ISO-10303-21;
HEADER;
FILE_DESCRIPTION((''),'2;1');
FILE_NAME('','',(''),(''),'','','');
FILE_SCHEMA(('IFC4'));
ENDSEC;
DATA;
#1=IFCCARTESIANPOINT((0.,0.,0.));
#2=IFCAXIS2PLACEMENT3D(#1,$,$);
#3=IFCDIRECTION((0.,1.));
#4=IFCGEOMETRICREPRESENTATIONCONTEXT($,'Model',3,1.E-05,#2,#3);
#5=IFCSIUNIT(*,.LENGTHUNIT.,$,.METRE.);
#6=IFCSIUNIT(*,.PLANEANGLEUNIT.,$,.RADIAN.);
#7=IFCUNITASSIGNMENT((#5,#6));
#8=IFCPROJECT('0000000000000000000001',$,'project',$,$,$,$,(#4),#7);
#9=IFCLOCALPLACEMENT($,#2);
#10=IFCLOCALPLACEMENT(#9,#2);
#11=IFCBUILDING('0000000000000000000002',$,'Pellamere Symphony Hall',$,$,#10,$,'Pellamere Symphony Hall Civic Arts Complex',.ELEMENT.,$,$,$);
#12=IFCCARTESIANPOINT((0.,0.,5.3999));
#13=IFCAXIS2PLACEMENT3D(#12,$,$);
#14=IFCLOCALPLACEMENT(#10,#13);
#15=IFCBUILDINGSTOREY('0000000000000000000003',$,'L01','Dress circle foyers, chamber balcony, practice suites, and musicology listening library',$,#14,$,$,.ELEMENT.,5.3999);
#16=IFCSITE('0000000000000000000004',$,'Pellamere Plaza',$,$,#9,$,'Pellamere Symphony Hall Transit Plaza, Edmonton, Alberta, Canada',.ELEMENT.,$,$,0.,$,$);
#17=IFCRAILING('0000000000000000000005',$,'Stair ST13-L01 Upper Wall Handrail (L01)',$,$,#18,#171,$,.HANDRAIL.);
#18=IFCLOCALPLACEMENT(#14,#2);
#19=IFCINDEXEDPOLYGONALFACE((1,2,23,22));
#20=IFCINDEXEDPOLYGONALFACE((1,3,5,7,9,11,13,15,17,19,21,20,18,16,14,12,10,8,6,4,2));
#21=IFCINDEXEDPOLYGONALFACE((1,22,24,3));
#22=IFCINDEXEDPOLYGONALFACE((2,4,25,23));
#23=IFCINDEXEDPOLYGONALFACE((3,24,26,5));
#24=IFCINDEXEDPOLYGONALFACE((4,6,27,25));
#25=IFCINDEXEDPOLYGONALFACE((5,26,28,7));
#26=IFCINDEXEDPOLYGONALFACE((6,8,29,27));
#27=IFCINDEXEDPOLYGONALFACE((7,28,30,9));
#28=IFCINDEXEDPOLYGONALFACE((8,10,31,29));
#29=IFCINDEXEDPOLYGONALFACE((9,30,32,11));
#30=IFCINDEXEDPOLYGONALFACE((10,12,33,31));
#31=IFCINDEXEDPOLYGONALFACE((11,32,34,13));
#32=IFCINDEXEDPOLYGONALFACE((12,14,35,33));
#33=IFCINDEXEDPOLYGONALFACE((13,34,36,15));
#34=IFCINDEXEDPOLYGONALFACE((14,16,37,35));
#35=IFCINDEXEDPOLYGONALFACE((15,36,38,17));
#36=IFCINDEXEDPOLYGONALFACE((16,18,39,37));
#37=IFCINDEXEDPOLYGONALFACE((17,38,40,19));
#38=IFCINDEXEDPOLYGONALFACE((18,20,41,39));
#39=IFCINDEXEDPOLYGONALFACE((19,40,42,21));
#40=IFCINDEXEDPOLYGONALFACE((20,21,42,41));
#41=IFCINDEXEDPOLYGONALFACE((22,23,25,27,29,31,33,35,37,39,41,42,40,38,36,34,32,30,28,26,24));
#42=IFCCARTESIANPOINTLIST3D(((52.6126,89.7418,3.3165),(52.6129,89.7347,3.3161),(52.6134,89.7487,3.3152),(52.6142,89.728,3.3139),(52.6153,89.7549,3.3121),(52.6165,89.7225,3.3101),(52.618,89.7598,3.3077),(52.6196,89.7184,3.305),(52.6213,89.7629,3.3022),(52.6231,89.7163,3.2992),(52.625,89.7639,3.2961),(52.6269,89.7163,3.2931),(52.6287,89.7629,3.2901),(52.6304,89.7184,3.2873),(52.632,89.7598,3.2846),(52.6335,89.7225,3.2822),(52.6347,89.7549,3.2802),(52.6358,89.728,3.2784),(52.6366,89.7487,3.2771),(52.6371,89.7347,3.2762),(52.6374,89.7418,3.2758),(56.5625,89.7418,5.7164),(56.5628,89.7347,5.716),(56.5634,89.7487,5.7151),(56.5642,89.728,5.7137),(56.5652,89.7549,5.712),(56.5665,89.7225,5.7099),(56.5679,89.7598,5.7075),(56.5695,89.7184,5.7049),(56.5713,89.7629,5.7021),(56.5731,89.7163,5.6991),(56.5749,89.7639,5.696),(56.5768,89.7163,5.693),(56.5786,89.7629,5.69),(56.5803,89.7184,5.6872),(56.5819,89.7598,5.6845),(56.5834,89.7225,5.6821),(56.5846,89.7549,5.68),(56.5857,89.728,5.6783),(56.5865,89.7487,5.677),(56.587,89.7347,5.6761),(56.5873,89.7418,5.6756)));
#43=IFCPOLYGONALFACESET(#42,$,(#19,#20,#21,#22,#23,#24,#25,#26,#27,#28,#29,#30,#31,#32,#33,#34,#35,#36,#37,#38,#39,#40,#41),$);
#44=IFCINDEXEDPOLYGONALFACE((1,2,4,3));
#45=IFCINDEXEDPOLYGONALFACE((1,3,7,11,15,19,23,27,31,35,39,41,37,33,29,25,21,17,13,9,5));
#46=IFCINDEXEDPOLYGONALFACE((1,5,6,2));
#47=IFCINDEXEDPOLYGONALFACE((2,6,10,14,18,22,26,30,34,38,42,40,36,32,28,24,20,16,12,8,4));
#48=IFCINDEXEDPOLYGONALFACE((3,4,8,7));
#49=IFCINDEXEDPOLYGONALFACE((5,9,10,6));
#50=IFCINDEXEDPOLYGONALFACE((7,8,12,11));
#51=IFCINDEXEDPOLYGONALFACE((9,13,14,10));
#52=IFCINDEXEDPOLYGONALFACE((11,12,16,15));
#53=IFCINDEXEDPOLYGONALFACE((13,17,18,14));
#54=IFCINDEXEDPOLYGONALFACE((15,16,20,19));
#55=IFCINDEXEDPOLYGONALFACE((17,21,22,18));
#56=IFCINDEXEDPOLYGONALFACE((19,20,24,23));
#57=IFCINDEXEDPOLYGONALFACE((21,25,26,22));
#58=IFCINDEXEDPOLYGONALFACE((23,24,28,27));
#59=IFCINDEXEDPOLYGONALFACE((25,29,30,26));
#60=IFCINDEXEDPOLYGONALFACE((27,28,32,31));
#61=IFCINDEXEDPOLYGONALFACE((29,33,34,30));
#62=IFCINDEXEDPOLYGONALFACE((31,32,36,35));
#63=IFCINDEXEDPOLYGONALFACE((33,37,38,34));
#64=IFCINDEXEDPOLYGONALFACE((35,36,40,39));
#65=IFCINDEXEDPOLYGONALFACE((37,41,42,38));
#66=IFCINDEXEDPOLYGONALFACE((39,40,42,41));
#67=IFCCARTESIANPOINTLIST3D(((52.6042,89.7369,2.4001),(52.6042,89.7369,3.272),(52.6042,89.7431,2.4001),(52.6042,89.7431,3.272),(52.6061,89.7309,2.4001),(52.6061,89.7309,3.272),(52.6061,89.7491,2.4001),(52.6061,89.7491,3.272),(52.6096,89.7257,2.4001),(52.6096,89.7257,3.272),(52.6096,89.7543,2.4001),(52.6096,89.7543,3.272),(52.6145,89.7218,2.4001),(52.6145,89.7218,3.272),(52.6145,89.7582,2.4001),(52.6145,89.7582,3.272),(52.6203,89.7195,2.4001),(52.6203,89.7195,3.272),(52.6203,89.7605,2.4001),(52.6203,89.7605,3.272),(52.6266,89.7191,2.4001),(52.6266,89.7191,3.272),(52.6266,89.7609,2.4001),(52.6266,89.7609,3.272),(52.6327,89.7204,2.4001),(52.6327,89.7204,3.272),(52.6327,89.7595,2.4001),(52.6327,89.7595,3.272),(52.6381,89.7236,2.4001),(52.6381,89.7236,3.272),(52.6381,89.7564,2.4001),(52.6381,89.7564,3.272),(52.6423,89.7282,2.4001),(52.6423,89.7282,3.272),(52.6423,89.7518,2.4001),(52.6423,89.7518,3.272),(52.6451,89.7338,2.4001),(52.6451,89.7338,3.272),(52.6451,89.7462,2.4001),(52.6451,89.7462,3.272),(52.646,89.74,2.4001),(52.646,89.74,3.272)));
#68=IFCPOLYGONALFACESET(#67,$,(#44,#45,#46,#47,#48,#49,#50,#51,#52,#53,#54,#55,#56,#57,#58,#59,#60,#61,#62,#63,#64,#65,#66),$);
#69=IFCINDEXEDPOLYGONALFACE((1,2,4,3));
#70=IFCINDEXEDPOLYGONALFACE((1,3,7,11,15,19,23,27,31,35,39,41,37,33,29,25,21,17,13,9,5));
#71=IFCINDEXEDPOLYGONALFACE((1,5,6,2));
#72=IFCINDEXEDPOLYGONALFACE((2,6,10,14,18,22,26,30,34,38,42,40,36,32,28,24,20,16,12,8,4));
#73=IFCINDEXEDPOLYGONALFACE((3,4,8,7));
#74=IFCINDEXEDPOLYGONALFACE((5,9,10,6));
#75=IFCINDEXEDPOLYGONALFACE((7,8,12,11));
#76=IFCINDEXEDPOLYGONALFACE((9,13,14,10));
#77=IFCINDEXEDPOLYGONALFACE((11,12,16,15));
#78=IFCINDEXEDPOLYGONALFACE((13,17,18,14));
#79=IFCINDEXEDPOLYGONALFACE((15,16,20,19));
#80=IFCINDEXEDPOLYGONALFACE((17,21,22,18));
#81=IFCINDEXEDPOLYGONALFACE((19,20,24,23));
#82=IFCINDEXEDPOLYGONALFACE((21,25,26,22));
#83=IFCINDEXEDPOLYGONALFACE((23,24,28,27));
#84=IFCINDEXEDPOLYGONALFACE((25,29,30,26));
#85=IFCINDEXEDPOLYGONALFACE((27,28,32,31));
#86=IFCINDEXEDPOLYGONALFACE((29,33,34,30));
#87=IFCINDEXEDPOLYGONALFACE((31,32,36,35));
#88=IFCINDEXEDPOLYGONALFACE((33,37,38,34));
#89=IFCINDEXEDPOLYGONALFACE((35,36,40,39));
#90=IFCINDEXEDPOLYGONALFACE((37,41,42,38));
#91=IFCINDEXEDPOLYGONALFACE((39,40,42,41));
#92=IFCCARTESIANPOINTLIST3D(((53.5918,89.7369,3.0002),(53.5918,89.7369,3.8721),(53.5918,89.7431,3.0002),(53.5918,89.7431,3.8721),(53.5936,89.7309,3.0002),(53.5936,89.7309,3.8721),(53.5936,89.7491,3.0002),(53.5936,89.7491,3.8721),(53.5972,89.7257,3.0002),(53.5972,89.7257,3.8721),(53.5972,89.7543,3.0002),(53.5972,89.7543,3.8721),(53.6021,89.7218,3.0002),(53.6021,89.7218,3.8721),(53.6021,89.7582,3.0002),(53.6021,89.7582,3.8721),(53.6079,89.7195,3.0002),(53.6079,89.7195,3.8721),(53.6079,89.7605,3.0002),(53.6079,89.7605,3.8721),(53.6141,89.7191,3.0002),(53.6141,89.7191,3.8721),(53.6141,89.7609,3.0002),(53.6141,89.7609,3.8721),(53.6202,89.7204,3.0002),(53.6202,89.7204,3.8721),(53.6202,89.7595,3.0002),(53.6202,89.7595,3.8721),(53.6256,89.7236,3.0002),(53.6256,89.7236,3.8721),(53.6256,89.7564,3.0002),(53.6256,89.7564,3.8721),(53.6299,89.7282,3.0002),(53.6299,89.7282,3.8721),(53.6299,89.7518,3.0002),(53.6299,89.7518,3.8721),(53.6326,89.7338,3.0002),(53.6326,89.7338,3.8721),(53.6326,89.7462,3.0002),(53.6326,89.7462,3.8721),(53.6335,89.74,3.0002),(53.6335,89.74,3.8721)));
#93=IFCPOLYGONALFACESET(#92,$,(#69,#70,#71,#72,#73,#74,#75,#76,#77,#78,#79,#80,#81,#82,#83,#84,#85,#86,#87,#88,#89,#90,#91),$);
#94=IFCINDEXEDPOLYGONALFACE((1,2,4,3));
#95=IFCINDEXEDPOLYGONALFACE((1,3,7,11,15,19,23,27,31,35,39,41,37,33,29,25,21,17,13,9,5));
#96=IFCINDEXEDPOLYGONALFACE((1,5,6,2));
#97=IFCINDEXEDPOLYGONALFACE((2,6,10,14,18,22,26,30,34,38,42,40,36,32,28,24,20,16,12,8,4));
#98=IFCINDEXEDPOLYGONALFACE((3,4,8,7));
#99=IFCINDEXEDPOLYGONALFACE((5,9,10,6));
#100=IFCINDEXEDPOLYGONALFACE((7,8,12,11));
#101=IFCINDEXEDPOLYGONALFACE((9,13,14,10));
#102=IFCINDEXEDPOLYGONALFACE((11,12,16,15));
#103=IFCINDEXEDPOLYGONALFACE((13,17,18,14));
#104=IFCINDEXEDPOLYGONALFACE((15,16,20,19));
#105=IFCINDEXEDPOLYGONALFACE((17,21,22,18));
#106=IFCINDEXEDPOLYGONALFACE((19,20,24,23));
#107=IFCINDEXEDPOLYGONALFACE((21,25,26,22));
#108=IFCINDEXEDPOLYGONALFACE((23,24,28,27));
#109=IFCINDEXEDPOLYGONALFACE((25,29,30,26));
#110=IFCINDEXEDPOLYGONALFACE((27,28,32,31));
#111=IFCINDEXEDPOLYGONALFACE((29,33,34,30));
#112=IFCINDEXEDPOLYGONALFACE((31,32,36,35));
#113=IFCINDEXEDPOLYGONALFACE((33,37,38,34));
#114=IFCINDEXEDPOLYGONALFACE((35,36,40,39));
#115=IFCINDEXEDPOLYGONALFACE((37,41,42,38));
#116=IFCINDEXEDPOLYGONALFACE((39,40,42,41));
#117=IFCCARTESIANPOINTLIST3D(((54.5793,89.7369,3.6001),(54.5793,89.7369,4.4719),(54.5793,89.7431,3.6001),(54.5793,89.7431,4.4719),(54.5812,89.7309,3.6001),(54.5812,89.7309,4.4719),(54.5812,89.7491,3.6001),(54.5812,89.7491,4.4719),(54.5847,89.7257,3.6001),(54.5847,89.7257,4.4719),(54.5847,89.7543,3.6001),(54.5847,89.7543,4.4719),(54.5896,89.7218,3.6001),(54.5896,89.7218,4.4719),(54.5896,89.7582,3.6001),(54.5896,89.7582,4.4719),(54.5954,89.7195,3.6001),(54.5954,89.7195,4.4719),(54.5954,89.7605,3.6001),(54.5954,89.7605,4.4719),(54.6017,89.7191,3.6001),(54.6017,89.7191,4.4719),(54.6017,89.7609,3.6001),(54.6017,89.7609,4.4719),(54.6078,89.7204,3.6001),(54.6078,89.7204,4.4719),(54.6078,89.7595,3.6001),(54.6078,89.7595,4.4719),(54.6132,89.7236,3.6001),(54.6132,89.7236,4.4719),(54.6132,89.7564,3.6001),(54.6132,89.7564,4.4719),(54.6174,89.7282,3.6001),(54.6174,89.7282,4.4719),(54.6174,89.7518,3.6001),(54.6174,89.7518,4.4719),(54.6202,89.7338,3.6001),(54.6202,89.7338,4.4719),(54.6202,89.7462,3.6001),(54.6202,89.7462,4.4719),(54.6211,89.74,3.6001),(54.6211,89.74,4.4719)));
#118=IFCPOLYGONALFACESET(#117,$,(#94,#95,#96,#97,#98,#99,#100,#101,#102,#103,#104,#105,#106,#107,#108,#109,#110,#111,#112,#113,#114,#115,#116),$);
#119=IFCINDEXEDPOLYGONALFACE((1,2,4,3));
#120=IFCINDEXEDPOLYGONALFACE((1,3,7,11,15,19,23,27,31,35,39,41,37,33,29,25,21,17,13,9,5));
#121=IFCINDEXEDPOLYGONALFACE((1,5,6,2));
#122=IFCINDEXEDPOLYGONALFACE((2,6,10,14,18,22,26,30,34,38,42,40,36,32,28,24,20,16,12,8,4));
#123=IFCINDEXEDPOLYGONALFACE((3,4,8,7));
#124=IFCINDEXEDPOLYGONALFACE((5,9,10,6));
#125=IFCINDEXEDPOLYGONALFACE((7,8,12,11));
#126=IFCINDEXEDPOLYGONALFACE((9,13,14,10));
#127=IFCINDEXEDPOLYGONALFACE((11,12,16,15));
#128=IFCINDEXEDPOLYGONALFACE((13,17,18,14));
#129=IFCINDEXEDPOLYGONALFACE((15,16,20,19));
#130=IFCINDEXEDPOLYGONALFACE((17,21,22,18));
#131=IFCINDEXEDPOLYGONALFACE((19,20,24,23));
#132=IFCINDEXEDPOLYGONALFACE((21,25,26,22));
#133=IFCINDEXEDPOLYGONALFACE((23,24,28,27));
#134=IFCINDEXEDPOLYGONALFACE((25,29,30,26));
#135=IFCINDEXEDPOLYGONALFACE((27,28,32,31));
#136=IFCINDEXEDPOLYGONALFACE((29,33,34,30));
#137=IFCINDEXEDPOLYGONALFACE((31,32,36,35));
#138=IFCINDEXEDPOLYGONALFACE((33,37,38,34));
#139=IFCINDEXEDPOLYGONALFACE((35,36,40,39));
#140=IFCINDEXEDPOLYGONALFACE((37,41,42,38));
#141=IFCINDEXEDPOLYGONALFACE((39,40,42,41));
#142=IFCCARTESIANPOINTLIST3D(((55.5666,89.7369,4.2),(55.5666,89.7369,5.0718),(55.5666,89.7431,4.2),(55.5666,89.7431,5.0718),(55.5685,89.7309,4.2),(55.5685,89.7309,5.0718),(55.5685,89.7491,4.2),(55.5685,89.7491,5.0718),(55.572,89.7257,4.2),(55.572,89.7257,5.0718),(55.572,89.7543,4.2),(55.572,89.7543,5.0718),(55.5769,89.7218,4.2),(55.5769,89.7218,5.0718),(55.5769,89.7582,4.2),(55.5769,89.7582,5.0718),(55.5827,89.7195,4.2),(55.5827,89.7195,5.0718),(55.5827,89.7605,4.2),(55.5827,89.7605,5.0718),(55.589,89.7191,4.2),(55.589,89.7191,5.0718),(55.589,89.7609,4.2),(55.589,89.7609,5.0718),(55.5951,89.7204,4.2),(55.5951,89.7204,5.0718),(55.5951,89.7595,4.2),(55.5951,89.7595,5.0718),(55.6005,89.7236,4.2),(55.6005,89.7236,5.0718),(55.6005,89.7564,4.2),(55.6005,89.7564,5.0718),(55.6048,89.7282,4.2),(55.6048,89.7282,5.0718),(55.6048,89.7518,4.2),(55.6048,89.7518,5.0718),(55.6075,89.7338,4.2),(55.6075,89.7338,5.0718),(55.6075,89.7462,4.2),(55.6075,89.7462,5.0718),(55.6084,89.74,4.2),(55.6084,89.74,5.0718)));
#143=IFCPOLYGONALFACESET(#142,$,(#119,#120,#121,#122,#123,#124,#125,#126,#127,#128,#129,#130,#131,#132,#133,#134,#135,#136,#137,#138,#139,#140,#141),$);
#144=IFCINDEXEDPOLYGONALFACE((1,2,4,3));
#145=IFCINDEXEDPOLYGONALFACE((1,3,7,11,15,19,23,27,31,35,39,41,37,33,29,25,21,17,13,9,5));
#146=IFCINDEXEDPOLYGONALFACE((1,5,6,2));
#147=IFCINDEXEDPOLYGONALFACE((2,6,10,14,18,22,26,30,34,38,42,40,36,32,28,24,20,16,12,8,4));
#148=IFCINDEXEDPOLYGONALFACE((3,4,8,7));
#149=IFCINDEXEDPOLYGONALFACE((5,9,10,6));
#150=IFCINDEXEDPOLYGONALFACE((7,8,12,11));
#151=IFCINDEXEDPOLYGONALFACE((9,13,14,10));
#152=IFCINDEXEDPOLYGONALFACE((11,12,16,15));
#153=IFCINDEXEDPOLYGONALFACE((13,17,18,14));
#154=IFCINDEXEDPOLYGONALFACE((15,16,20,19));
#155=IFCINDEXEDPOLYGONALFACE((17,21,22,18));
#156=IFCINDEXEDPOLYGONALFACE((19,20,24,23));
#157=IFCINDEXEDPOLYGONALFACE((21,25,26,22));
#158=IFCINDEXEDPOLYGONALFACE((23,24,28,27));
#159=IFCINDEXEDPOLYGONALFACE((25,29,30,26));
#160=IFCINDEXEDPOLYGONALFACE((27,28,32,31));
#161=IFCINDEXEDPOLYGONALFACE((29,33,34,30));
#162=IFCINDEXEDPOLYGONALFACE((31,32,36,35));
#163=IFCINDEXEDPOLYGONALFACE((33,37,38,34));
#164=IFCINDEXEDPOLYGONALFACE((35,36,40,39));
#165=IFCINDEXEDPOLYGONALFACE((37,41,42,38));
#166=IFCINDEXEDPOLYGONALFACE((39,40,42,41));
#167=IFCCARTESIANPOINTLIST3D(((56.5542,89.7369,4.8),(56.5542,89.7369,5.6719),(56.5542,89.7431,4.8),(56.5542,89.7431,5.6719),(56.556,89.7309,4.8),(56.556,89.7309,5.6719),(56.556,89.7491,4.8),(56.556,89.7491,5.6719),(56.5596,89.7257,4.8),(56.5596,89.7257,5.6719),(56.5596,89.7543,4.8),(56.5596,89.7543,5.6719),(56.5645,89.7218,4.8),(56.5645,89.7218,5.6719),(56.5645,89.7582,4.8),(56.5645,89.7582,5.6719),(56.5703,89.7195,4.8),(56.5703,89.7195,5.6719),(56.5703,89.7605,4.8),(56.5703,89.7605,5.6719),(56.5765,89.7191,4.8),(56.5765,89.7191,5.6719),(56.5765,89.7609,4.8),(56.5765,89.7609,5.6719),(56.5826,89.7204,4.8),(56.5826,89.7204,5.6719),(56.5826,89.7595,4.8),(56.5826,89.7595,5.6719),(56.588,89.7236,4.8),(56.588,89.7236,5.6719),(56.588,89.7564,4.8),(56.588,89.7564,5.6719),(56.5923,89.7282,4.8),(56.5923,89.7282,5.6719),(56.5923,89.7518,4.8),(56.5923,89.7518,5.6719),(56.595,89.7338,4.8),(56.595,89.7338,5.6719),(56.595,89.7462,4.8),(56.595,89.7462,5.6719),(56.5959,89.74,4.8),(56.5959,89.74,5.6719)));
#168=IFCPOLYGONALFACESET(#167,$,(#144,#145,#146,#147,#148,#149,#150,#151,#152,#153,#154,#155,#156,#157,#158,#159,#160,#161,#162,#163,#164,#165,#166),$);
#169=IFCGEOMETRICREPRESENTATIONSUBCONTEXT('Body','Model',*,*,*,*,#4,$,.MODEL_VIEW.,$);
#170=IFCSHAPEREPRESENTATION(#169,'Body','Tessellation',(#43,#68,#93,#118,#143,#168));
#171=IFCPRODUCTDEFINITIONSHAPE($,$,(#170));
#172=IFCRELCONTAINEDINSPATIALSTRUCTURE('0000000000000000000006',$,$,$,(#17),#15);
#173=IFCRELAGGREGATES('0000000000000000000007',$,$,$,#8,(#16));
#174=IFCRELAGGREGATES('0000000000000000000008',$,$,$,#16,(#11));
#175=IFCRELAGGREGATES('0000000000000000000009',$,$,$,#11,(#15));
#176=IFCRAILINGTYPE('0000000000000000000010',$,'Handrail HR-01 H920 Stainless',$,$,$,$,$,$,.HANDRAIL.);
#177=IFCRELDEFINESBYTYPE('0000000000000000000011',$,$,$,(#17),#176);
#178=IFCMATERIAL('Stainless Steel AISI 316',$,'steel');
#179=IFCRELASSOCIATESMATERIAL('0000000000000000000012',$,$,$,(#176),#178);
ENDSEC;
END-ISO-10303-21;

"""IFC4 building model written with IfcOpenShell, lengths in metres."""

from ifc_helpers import new_model, si_unit, direction, frame, origin, origin_2d, place, context, subcontext, project, spatial, circle, extrude, material, type_object, element, save


model = new_model("IFC4")

# Units and contexts
model_context = context("Model", 3, precision=1e-05, world=origin(), true_north=direction((0.0, 1.0)))
body_context = subcontext(model_context, "Body", "Model", "MODEL_VIEW")
ifc_project = project(units=[si_unit("LENGTHUNIT", "METRE"), si_unit("PLANEANGLEUNIT", "RADIAN")], contexts=[model_context])

# Site, building, storey
site_placement = place(None, origin())
site = spatial("IfcSite", under=ifc_project, at=site_placement, Name="Pellamere Plaza", LongName="Pellamere Symphony Hall Transit Plaza, Edmonton, Alberta, Canada", CompositionType="ELEMENT", RefElevation=0.0)
building_placement = place(site_placement, origin())
building = spatial("IfcBuilding", under=site, at=building_placement, Name="Pellamere Symphony Hall", LongName="Pellamere Symphony Hall Civic Arts Complex", CompositionType="ELEMENT")
storey_placement = place(building_placement, frame((0.0, 0.0, 5.3999)))
storey = spatial("IfcBuildingStorey", under=building, at=storey_placement, Name="L01", Description="Dress circle foyers, chamber balcony, practice suites, and musicology listening library", CompositionType="ELEMENT", Elevation=5.3999)

# Railing
ifc_material_1 = material(Name="Stainless Steel AISI 316", Category="steel")
railing_type_1 = type_object("IfcRailingType", Name="Handrail HR-01 H920 Stainless", PredefinedType="HANDRAIL", material=ifc_material_1)
railing_1_placement = place(storey_placement, frame((52.625, 89.74, 2.4001)))
element("IfcRailing", 1, at=railing_1_placement, inside=storey, type_object=railing_type_1, Name="Stair ST13-L01 Upper Wall Handrail (L01)", PredefinedType="HANDRAIL", context=body_context, shape_type="SweptSolid", body=[
    extrude(circle(Radius=0.0239, at=origin_2d()), frame((0.0, 0.0, 0.896), z_axis=(0.854623, 0.0, 0.51925), x_axis=(0.0, 1.0, 0.0)), (0.0, 0.0, 1.0), 4.6218),
    extrude(circle(Radius=0.021, at=origin_2d()), origin(), (0.0, 0.0, 1.0), 0.8718),
    extrude(circle(Radius=0.021, at=origin_2d()), frame((0.9875, 0.0, 0.6001)), (0.0, 0.0, 1.0), 0.8718),
    extrude(circle(Radius=0.021, at=origin_2d()), frame((1.9751, 0.0, 1.2)), (0.0, 0.0, 1.0), 0.8718),
    extrude(circle(Radius=0.021, at=origin_2d()), frame((2.9624, 0.0, 1.7998)), (0.0, 0.0, 1.0), 0.8718),
    extrude(circle(Radius=0.021, at=origin_2d()), frame((3.95, 0.0, 2.3999)), (0.0, 0.0, 1.0), 0.8718),
])

save(model, "model.ifc")
